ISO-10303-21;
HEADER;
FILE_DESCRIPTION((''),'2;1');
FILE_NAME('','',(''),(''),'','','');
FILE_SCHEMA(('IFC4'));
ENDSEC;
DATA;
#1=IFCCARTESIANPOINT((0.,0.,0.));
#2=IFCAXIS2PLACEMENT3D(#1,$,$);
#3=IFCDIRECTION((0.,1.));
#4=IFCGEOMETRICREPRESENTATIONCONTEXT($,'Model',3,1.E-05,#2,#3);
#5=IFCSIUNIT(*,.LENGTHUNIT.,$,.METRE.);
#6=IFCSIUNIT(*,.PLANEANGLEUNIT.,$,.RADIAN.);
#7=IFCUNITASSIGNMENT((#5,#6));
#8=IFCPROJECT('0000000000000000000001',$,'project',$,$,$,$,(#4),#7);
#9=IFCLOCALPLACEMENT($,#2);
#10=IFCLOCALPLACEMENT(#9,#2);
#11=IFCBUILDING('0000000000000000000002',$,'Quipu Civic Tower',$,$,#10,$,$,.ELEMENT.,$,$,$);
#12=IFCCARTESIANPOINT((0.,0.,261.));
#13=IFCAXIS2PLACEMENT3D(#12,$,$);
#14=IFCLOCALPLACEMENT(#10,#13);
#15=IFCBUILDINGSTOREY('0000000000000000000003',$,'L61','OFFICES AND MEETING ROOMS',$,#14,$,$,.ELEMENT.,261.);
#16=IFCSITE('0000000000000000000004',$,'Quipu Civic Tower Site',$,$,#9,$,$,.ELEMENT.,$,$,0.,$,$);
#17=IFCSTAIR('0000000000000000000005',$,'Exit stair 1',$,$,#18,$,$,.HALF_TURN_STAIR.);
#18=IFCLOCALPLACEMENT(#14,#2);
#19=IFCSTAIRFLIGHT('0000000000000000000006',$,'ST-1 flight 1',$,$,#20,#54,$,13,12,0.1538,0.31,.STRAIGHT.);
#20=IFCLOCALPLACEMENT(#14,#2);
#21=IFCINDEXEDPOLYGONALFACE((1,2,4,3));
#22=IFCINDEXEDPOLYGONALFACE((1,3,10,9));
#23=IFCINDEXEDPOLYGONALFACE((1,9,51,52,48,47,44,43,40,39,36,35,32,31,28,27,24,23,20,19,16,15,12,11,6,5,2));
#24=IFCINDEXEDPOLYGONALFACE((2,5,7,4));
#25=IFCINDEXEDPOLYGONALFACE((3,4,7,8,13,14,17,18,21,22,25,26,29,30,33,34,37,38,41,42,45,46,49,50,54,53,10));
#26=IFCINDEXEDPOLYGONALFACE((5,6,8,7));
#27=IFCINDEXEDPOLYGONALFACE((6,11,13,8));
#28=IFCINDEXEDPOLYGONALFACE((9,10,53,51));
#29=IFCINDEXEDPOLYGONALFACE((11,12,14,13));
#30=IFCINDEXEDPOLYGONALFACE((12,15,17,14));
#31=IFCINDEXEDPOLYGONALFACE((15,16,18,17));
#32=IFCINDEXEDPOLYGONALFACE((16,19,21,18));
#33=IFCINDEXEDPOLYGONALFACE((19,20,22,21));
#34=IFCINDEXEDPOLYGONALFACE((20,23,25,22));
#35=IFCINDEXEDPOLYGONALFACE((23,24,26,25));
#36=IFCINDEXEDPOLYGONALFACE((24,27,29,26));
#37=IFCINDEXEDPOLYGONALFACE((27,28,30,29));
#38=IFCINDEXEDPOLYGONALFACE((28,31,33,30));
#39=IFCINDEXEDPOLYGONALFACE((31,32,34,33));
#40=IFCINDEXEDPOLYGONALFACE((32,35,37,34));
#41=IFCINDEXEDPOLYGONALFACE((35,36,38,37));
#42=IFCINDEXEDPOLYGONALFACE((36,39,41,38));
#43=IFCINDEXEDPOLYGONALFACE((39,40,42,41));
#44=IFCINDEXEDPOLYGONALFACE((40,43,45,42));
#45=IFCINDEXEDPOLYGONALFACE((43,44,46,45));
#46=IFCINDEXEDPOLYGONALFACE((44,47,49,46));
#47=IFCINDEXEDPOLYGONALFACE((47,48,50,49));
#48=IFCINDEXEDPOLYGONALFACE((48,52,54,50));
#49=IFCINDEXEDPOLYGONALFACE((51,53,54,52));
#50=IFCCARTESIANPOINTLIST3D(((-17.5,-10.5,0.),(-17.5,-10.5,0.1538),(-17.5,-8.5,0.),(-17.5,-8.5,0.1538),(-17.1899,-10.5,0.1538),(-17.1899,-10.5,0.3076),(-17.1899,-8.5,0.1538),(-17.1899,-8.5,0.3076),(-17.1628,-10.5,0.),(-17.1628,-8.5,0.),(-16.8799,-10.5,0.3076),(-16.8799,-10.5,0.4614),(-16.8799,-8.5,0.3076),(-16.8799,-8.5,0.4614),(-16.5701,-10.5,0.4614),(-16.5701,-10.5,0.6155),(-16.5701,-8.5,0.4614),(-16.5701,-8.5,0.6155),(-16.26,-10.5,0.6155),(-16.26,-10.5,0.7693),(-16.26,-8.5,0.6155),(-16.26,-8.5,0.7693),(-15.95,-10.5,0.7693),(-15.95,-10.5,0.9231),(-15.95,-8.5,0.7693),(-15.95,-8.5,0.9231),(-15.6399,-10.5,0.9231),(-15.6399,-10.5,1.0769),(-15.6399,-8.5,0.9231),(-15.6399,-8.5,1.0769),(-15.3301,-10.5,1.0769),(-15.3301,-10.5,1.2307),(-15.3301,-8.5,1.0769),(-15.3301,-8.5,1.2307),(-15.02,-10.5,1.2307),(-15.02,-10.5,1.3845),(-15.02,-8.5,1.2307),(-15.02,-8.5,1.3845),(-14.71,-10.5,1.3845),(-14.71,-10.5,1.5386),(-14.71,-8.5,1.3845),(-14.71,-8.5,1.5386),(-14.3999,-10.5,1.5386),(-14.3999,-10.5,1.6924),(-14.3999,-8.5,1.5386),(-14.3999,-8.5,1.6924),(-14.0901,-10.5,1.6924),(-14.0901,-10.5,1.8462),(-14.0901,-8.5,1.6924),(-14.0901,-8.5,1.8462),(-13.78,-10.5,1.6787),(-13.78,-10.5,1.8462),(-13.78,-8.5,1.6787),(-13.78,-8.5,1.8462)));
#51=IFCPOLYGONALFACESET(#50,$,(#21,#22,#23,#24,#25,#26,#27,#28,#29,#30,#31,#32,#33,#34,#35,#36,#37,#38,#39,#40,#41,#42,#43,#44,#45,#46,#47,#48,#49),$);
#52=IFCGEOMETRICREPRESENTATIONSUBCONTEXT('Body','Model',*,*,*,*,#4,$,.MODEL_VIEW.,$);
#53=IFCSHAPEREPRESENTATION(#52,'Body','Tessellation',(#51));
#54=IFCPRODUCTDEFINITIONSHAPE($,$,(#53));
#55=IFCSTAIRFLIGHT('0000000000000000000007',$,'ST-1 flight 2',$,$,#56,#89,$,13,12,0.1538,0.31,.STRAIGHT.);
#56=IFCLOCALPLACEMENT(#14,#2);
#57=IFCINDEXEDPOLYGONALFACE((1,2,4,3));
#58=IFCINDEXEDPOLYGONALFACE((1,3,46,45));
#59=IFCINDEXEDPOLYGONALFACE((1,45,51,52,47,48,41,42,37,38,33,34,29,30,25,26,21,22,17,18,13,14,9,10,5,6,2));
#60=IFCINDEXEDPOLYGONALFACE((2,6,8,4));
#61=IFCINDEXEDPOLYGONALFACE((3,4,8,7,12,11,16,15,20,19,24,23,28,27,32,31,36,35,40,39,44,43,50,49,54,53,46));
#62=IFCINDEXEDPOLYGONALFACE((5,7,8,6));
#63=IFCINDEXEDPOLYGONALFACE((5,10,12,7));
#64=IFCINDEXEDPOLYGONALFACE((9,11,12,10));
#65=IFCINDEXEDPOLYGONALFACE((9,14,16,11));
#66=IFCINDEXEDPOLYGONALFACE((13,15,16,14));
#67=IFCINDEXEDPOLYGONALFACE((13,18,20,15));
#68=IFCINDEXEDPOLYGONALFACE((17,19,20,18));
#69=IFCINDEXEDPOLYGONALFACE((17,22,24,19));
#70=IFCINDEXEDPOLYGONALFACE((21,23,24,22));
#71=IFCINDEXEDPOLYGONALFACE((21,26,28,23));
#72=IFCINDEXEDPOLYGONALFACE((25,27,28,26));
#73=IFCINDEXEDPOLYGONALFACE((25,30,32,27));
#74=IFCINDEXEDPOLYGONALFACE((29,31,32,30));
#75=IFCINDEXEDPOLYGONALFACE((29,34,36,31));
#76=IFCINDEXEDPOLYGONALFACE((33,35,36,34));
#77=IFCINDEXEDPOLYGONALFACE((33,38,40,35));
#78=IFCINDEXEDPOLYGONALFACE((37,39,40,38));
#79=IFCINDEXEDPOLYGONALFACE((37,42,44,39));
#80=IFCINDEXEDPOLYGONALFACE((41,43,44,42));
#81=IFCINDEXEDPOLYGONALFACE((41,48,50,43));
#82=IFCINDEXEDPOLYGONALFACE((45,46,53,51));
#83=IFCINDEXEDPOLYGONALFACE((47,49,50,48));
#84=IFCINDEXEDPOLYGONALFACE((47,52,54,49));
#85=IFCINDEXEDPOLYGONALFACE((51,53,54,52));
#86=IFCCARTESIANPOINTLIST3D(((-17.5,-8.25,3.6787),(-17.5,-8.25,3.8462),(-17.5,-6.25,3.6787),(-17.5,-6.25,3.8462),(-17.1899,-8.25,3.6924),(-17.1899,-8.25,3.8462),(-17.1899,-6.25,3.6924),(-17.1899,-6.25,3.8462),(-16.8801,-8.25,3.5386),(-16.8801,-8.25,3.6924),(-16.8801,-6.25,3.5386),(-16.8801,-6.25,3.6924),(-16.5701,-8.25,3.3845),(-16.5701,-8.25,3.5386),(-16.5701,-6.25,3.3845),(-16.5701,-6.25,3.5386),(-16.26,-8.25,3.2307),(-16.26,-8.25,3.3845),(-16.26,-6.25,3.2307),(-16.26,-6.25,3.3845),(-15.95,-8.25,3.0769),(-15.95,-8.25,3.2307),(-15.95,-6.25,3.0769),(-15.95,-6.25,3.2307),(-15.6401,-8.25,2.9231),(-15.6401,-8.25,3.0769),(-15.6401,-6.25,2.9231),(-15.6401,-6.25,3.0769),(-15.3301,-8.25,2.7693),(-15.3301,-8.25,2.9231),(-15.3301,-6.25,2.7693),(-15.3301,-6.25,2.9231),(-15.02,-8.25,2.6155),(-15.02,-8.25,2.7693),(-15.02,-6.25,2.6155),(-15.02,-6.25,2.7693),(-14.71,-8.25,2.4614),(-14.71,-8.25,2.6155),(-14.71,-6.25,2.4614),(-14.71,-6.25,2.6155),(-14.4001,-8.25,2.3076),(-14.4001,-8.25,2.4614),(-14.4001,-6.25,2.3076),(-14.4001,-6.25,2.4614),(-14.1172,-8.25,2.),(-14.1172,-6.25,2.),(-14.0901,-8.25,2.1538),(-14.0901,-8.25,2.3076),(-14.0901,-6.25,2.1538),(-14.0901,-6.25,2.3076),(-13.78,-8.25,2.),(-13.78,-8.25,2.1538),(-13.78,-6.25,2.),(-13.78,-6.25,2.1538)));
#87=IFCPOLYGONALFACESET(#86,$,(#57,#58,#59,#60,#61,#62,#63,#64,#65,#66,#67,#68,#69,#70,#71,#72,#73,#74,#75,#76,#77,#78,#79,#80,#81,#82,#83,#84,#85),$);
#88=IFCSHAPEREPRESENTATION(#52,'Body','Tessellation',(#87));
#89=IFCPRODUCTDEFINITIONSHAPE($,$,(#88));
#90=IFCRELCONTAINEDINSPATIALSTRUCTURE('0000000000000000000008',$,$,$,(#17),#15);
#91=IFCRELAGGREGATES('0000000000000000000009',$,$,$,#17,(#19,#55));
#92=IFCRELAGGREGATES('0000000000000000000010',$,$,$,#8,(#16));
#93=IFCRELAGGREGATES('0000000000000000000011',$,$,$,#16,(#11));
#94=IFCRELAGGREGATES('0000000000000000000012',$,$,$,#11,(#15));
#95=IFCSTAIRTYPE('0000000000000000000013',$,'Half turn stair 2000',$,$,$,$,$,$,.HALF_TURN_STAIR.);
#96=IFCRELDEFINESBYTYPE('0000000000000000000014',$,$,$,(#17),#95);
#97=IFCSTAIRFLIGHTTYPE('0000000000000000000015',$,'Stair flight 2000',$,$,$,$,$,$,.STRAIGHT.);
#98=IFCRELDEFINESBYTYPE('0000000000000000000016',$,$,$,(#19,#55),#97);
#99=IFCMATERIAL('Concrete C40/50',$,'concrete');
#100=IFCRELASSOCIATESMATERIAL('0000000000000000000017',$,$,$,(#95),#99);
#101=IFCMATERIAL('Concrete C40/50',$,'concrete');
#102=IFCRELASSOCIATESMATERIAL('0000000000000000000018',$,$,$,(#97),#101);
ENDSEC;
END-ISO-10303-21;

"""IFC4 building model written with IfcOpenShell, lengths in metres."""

from ifc_helpers import new_model, si_unit, direction, frame, origin, place, context, subcontext, project, spatial, polyline, outline, extrude, material, type_object, element, aggregate, save


model = new_model("IFC4")

# Units and contexts
model_context = context("Model", 3, precision=1e-05, world=origin(), true_north=direction((0.0, 1.0)))
body_context = subcontext(model_context, "Body", "Model", "MODEL_VIEW")
ifc_project = project(units=[si_unit("LENGTHUNIT", "METRE"), si_unit("PLANEANGLEUNIT", "RADIAN")], contexts=[model_context])

# Site, building, storey
site_placement = place(None, origin())
site = spatial("IfcSite", under=ifc_project, at=site_placement, Name="Quipu Civic Tower Site", CompositionType="ELEMENT", RefElevation=0.0)
building_placement = place(site_placement, origin())
building = spatial("IfcBuilding", under=site, at=building_placement, Name="Quipu Civic Tower", CompositionType="ELEMENT")
storey_placement = place(building_placement, frame((0.0, 0.0, 261.0)))
storey = spatial("IfcBuildingStorey", under=building, at=storey_placement, Name="L61", Description="OFFICES AND MEETING ROOMS", CompositionType="ELEMENT", Elevation=261.0)

# Stair, stair flights
ifc_material_1 = material(Name="Concrete C40/50", Category="concrete")
stair_type = type_object("IfcStairType", Name="Half turn stair 2000", PredefinedType="HALF_TURN_STAIR", material=ifc_material_1)
stair_placement = place(storey_placement, origin())
stair = element("IfcStair", 1, at=stair_placement, inside=storey, type_object=stair_type, Name="Exit stair 1", PredefinedType="HALF_TURN_STAIR")
ifc_material_2 = material(Name="Concrete C40/50", Category="concrete")
stair_flight_type = type_object("IfcStairFlightType", Name="Stair flight 2000", PredefinedType="STRAIGHT", material=ifc_material_2)
stair_flight_1_placement = place(storey_placement, frame((-17.5, -9.5, 0.0), z_axis=(0.0, 0.0, 1.0), x_axis=(1.0, 0.0, 0.0)))
stair_flight_1 = element("IfcStairFlight", 2, at=stair_flight_1_placement, type_object=stair_flight_type, Name="ST-1 flight 1", NumberOfRisers=13, NumberOfTreads=12, PredefinedType="STRAIGHT", RiserHeight=0.1538, TreadLength=0.31, context=body_context, shape_type="SweptSolid", body=[
    extrude(outline(polyline([(0.0, 0.0), (0.0, 0.1538), (0.3101, 0.1538), (0.3101, 0.3076), (0.6201, 0.3076), (0.6201, 0.4614), (0.9299, 0.4614), (0.9299, 0.6155), (1.24, 0.6155), (1.24, 0.7693), (1.55, 0.7693), (1.55, 0.9231), (1.8601, 0.9231), (1.8601, 1.0769), (2.1699, 1.0769), (2.1699, 1.2307), (2.48, 1.2307), (2.48, 1.3845), (2.79, 1.3845), (2.79, 1.5386), (3.1001, 1.5386), (3.1001, 1.6924), (3.4099, 1.6924), (3.4099, 1.8462), (3.72, 1.8462), (3.72, 2.0), (3.72, 1.6787), (0.3372, 0.0), (0.0, 0.0)])), frame((0.0, 1.0, 0.0), z_axis=(0.0, -1.0, 0.0), x_axis=(1.0, 0.0, 0.0)), (0.0, 0.0, 1.0), 2.0),
])
stair_flight_2_placement = place(storey_placement, frame((-13.78, -7.25, 2.0), z_axis=(0.0, 0.0, 1.0), x_axis=(-1.0, 0.0, 0.0)))
stair_flight_2 = element("IfcStairFlight", 3, at=stair_flight_2_placement, type_object=stair_flight_type, Name="ST-1 flight 2", NumberOfRisers=13, NumberOfTreads=12, PredefinedType="STRAIGHT", RiserHeight=0.1538, TreadLength=0.31, context=body_context, shape_type="SweptSolid", body=[
    extrude(outline(polyline([(0.0, 0.0), (0.0, 0.1538), (0.3101, 0.1538), (0.3101, 0.3076), (0.6201, 0.3076), (0.6201, 0.4614), (0.9299, 0.4614), (0.9299, 0.6155), (1.24, 0.6155), (1.24, 0.7693), (1.55, 0.7693), (1.55, 0.9231), (1.8601, 0.9231), (1.8601, 1.0769), (2.1699, 1.0769), (2.1699, 1.2307), (2.48, 1.2307), (2.48, 1.3845), (2.79, 1.3845), (2.79, 1.5386), (3.1001, 1.5386), (3.1001, 1.6924), (3.4099, 1.6924), (3.4099, 1.8462), (3.72, 1.8462), (3.72, 2.0), (3.72, 1.6787), (0.3372, 0.0), (0.0, 0.0)])), frame((0.0, 1.0, 0.0), z_axis=(0.0, -1.0, 0.0), x_axis=(1.0, 0.0, 0.0)), (0.0, 0.0, 1.0), 2.0),
])
aggregate(stair, [stair_flight_1, stair_flight_2])

save(model, "model.ifc")
